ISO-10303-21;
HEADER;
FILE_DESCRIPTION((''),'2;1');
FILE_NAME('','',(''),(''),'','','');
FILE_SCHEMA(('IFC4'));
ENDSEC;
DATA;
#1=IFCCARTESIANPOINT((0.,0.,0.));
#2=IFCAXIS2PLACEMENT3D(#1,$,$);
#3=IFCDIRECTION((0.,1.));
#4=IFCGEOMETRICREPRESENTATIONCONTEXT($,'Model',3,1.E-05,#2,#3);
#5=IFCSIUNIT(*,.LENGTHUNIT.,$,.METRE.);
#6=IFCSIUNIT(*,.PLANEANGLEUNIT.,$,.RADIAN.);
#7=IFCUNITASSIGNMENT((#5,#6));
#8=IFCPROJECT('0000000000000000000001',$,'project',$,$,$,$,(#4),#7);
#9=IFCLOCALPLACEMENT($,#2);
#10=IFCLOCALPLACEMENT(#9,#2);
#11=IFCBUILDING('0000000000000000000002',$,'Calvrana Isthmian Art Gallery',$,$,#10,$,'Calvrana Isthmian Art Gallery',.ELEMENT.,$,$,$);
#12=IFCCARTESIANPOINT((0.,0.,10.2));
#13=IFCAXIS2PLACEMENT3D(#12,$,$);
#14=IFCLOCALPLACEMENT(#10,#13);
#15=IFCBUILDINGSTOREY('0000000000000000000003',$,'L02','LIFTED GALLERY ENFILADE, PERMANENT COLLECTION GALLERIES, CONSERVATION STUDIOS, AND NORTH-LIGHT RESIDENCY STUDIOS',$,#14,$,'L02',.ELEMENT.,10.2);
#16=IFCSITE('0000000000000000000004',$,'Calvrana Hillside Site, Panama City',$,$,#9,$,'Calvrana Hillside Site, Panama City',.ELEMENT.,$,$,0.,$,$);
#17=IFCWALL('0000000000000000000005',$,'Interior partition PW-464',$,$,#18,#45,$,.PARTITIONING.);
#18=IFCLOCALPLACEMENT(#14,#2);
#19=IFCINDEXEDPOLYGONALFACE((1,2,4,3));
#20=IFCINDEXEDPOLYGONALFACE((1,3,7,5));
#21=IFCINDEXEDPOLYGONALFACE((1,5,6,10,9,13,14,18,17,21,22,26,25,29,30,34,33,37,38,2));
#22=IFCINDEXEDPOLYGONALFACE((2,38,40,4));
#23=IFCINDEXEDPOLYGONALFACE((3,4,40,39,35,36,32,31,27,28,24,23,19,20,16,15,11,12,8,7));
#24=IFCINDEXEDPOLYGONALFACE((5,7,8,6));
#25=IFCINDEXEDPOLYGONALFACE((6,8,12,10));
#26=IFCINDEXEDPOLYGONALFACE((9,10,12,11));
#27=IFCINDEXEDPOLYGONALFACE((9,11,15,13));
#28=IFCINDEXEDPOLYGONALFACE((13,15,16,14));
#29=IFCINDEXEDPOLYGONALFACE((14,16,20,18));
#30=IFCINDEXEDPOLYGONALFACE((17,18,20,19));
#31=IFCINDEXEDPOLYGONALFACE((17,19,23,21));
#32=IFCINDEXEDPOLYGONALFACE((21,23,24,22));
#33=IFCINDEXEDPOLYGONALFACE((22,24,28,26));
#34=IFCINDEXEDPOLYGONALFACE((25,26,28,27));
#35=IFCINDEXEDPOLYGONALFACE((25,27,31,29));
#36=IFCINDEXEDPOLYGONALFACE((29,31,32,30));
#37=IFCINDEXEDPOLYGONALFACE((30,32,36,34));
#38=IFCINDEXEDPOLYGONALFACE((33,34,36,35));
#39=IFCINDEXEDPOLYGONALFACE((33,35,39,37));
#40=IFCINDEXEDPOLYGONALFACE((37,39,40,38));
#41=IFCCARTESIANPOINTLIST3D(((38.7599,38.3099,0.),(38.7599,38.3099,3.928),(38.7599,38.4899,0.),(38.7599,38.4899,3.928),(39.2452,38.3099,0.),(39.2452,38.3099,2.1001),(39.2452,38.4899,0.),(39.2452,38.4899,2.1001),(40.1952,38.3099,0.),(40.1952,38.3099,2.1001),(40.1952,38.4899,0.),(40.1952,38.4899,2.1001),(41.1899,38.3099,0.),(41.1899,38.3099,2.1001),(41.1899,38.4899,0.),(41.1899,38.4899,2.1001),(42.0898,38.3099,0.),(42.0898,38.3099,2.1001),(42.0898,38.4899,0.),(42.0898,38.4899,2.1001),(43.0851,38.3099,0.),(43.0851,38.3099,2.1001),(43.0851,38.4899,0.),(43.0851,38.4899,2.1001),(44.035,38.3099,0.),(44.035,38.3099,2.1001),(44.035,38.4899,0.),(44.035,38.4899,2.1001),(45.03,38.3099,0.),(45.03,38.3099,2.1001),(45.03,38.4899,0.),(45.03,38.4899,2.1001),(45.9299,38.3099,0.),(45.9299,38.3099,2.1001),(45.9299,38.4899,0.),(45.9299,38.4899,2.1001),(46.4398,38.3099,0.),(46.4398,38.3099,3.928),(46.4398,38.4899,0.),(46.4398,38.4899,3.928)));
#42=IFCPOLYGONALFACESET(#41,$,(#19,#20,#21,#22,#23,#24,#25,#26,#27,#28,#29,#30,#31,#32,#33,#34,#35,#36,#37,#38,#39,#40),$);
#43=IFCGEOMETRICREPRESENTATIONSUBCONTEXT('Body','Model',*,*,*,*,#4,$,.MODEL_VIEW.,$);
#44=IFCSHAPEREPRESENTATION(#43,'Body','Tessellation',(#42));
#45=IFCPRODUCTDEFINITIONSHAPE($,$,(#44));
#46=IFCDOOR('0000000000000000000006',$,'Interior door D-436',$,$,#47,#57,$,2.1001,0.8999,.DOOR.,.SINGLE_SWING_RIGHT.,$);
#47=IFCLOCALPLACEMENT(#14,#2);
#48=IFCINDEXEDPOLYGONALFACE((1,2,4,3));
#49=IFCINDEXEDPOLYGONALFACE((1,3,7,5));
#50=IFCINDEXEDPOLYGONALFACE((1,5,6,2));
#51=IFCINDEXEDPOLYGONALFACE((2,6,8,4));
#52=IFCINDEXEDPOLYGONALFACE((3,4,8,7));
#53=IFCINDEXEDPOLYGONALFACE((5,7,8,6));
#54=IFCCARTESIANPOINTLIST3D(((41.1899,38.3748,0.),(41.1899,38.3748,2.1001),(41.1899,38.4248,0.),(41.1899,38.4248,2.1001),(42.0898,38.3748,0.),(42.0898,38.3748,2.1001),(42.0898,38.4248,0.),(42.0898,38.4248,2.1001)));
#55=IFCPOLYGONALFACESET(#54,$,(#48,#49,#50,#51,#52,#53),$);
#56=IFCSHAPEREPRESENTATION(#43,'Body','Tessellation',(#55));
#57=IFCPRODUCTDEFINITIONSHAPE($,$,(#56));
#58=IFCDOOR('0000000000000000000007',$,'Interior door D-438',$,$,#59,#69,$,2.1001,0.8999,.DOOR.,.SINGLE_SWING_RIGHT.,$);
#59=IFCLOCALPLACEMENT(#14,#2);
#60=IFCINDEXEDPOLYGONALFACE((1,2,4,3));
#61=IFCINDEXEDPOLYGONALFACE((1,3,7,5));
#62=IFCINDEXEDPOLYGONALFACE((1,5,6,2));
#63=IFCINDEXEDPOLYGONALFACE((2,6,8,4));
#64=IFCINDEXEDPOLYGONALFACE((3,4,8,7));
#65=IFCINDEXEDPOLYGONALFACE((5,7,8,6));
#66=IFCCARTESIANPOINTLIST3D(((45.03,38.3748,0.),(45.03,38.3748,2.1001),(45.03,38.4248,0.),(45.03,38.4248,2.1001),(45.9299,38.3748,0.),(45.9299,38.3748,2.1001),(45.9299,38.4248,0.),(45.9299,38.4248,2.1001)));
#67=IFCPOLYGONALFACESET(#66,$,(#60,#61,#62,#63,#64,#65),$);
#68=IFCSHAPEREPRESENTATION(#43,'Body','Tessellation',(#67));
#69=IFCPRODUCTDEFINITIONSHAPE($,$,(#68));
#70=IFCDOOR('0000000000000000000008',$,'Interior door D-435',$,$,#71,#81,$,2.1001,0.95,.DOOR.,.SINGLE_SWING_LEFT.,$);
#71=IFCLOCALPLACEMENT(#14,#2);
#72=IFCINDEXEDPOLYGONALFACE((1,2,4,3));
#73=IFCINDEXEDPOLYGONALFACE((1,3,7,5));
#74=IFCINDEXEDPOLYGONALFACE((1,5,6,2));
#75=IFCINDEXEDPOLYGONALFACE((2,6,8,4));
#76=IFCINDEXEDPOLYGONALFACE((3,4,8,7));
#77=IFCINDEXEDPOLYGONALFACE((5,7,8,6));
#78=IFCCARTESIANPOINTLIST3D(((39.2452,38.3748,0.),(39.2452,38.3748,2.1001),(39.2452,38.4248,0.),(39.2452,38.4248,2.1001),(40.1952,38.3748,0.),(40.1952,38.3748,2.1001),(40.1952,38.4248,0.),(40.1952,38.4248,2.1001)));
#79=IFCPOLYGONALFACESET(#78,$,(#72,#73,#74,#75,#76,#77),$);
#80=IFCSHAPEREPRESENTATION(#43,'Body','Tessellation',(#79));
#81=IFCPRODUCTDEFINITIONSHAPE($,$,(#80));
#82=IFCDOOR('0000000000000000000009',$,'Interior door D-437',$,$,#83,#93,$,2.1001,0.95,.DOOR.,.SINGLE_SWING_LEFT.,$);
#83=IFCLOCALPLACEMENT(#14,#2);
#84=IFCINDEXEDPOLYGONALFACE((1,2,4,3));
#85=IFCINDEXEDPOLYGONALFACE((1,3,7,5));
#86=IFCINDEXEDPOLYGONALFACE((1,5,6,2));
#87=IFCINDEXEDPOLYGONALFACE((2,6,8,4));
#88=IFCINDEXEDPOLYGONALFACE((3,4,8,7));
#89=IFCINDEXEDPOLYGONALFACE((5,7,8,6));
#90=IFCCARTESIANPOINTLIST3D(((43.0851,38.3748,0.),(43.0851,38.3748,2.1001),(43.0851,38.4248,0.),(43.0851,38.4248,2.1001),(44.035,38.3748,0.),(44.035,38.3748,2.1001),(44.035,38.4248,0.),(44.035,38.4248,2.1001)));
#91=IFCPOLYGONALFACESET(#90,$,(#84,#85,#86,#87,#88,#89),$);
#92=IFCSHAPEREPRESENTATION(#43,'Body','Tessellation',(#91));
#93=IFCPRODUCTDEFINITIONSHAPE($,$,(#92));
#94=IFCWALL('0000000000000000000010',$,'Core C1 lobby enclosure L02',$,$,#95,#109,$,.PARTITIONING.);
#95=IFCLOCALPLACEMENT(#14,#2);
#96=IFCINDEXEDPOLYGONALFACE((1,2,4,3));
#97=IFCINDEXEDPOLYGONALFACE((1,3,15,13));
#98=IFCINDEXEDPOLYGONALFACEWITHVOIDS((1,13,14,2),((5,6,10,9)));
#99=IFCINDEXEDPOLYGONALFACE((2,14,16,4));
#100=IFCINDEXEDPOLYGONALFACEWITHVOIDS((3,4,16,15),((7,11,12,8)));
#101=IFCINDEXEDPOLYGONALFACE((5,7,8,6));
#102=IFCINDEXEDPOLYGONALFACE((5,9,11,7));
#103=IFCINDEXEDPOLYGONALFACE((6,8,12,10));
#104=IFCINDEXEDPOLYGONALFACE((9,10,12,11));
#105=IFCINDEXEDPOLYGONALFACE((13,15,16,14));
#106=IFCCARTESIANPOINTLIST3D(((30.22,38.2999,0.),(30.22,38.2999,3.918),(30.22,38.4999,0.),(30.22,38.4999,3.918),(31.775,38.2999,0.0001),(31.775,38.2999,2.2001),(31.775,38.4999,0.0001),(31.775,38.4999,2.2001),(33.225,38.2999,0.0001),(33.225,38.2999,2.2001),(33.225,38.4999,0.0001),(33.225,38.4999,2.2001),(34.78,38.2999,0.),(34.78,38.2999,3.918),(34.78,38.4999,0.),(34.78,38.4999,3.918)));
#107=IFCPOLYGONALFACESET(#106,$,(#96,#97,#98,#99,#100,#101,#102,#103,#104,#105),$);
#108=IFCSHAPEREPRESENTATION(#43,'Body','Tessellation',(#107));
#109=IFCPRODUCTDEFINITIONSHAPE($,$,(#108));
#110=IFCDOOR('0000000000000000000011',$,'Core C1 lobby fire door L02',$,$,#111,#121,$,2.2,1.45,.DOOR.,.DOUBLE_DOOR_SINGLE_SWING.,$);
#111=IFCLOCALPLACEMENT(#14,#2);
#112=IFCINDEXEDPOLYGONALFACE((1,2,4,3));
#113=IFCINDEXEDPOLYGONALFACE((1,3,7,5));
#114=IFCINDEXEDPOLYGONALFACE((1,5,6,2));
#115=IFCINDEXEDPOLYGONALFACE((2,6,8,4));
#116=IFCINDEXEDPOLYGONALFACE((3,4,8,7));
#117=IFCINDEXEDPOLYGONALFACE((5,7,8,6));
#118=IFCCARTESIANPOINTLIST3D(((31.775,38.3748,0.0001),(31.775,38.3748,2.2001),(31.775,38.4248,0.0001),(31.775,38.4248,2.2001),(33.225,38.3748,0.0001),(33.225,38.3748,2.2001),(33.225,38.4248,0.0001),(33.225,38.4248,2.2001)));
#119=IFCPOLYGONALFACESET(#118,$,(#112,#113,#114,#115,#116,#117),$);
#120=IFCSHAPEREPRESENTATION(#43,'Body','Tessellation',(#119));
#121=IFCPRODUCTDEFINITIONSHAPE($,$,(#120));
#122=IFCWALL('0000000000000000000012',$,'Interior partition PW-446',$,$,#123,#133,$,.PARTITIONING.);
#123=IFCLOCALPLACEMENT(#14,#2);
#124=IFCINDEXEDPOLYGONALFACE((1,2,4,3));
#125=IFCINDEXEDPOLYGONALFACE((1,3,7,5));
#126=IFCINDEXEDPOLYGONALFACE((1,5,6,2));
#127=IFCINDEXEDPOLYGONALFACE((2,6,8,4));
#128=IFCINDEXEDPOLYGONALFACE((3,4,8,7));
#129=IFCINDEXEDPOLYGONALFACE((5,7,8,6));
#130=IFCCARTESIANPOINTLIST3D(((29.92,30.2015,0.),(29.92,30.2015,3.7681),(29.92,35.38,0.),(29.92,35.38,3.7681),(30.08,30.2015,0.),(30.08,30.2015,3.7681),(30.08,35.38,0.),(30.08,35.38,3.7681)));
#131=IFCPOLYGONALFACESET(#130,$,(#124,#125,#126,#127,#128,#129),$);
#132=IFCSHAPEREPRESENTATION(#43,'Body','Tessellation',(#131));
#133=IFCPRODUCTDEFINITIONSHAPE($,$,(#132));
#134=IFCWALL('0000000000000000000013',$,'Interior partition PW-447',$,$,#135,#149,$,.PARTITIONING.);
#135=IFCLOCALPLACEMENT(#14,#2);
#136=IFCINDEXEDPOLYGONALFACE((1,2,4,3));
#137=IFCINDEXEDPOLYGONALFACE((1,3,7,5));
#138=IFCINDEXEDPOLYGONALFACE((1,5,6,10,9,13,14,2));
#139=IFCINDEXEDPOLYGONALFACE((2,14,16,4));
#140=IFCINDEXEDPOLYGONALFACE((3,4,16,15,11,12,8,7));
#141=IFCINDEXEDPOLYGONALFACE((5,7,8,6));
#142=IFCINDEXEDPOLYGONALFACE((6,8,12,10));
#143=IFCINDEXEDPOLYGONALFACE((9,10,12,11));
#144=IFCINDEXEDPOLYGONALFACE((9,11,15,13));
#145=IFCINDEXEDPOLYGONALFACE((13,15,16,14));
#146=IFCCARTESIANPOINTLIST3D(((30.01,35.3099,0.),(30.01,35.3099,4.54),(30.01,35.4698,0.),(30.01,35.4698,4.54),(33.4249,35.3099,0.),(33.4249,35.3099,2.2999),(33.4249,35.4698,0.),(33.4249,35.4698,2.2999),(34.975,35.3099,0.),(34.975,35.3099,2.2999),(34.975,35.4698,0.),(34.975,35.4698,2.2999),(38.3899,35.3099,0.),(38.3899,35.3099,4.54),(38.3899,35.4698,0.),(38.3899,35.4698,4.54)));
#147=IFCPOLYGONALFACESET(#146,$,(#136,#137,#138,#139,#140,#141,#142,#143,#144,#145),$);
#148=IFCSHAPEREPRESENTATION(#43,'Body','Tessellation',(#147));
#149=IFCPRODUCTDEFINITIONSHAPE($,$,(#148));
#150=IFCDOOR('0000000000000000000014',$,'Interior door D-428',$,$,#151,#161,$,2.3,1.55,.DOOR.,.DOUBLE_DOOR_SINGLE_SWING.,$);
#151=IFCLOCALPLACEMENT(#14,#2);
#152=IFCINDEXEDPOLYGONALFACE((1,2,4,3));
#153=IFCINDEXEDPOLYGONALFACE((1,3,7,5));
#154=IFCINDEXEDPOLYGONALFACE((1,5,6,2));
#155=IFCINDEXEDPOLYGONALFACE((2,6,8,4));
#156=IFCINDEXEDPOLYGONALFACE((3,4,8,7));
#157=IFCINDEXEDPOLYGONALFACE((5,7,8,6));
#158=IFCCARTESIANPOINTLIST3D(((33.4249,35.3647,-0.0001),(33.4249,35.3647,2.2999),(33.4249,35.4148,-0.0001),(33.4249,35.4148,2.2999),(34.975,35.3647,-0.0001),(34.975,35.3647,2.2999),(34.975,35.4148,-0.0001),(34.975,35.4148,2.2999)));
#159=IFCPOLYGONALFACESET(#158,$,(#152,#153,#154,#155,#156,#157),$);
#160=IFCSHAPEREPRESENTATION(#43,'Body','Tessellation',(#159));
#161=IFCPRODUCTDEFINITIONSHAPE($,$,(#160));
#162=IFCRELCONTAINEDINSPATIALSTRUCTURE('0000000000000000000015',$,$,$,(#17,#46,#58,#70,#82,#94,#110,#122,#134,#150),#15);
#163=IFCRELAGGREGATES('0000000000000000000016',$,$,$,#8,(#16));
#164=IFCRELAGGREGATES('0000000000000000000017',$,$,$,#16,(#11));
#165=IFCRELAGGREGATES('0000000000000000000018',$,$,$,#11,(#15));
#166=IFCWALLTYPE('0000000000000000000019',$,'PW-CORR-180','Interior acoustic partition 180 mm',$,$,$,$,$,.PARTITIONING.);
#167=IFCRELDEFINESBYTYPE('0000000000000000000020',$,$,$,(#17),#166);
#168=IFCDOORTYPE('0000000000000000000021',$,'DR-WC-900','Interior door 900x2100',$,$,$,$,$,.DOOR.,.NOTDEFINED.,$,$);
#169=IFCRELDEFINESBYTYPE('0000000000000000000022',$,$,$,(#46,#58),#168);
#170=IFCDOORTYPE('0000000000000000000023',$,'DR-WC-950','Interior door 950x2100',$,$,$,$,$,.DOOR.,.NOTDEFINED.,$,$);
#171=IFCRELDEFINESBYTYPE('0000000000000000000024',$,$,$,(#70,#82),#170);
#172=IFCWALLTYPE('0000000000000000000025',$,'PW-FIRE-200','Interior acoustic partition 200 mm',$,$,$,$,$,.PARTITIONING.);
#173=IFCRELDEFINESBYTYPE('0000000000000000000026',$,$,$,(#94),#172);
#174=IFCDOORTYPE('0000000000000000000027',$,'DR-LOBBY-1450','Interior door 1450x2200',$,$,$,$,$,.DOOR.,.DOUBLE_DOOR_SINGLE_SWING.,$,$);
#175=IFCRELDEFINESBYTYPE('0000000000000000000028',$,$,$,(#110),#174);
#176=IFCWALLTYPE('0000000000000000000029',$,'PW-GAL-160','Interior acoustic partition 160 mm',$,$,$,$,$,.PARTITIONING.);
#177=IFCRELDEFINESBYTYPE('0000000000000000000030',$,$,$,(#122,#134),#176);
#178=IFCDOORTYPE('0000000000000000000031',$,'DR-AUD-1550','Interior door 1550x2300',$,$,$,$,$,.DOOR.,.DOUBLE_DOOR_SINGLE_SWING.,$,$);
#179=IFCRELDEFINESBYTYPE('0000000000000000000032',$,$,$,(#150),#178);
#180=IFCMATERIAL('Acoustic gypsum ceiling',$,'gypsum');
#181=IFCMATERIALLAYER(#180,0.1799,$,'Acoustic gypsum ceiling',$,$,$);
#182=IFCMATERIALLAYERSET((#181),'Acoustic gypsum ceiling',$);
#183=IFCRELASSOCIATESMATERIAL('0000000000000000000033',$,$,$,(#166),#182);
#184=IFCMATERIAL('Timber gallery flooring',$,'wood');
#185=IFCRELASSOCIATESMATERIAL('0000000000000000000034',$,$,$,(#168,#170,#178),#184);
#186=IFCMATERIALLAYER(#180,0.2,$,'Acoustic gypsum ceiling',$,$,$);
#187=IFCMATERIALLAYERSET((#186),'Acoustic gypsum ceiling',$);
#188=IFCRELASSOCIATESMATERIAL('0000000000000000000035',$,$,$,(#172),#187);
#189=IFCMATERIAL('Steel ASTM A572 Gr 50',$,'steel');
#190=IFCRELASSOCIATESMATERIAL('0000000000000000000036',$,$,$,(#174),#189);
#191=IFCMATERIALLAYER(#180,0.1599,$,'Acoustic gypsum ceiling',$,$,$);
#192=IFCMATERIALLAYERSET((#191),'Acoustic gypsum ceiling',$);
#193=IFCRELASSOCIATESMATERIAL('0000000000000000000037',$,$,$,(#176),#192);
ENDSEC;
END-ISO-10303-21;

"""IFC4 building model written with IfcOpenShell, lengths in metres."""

from ifc_helpers import new_model, si_unit, direction, frame, frame_2d, origin, place, context, subcontext, project, spatial, rectangle, extrude, material, layer, layer_set, type_object, element, fill, save


model = new_model("IFC4")

# Units and contexts
model_context = context("Model", 3, precision=1e-05, world=origin(), true_north=direction((0.0, 1.0)))
body_context = subcontext(model_context, "Body", "Model", "MODEL_VIEW")
ifc_project = project(units=[si_unit("LENGTHUNIT", "METRE"), si_unit("PLANEANGLEUNIT", "RADIAN")], contexts=[model_context])

# Site, building, storey
site_placement = place(None, origin())
site = spatial("IfcSite", under=ifc_project, at=site_placement, Name="Calvrana Hillside Site, Panama City", LongName="Calvrana Hillside Site, Panama City", CompositionType="ELEMENT", RefElevation=0.0)
building_placement = place(site_placement, origin())
building = spatial("IfcBuilding", under=site, at=building_placement, Name="Calvrana Isthmian Art Gallery", LongName="Calvrana Isthmian Art Gallery", CompositionType="ELEMENT")
storey_placement = place(building_placement, frame((0.0, 0.0, 10.2)))
storey = spatial("IfcBuildingStorey", under=building, at=storey_placement, Name="L02", Description="LIFTED GALLERY ENFILADE, PERMANENT COLLECTION GALLERIES, CONSERVATION STUDIOS, AND NORTH-LIGHT RESIDENCY STUDIOS", LongName="L02", CompositionType="ELEMENT", Elevation=10.2)

# Wall, openings, doors
ifc_material_1 = material(Name="Acoustic gypsum ceiling", Category="gypsum")
ifc_layer_1 = layer(ifc_material_1, 0.1799, Name="Acoustic gypsum ceiling")
ifc_layer_set_1 = layer_set([ifc_layer_1], Name="Acoustic gypsum ceiling")
wall_type_1 = type_object("IfcWallType", Name="PW-CORR-180", Description="Interior acoustic partition 180 mm", PredefinedType="PARTITIONING", material=ifc_layer_set_1)
wall_1_placement = place(storey_placement, frame((38.76, 38.3999, 0.0), z_axis=(0.0, 0.0, 1.0), x_axis=(1.0, 0.0, 0.0)))
wall_1 = element("IfcWall", 1, at=wall_1_placement, inside=storey, type_object=wall_type_1, Name="Interior partition PW-464", PredefinedType="PARTITIONING", context=body_context, shape_type="SweptSolid", body=[
    extrude(rectangle(XDim=7.6799, YDim=0.1799, at=frame_2d((3.8398, 0.0))), origin(), (0.0, 0.0, 1.0), 3.928),
])
opening_1_placement = place(wall_1_placement, frame((0.4851, 0.0, 0.0)))
opening_1 = element("IfcOpeningElement", 2, at=opening_1_placement, cuts=wall_1, PredefinedType="OPENING", context=body_context, shape_type="SweptSolid", body=[
    extrude(rectangle(XDim=0.95, YDim=2.1001, at=frame_2d((0.4751, 1.05))), frame((0.0, 0.1001, 0.0), z_axis=(0.0, -1.0, 0.0), x_axis=(1.0, 0.0, 0.0)), (0.0, 0.0, 1.0), 0.2004),
])
opening_2_placement = place(wall_1_placement, frame((2.4299, 0.0, 0.0)))
opening_2 = element("IfcOpeningElement", 3, at=opening_2_placement, cuts=wall_1, PredefinedType="OPENING", context=body_context, shape_type="SweptSolid", body=[
    extrude(rectangle(XDim=0.8999, YDim=2.1001, at=frame_2d((0.45, 1.05))), frame((0.0, 0.1001, 0.0), z_axis=(0.0, -1.0, 0.0), x_axis=(1.0, 0.0, 0.0)), (0.0, 0.0, 1.0), 0.2004),
])
opening_3_placement = place(wall_1_placement, frame((4.325, 0.0, 0.0)))
opening_3 = element("IfcOpeningElement", 4, at=opening_3_placement, cuts=wall_1, PredefinedType="OPENING", context=body_context, shape_type="SweptSolid", body=[
    extrude(rectangle(XDim=0.95, YDim=2.1001, at=frame_2d((0.4751, 1.05))), frame((0.0, 0.1001, 0.0), z_axis=(0.0, -1.0, 0.0), x_axis=(1.0, 0.0, 0.0)), (0.0, 0.0, 1.0), 0.2004),
])
opening_4_placement = place(wall_1_placement, frame((6.27, 0.0, 0.0)))
opening_4 = element("IfcOpeningElement", 5, at=opening_4_placement, cuts=wall_1, PredefinedType="OPENING", context=body_context, shape_type="SweptSolid", body=[
    extrude(rectangle(XDim=0.8999, YDim=2.1001, at=frame_2d((0.45, 1.05))), frame((0.0, 0.1001, 0.0), z_axis=(0.0, -1.0, 0.0), x_axis=(1.0, 0.0, 0.0)), (0.0, 0.0, 1.0), 0.2004),
])
ifc_material_2 = material(Name="Timber gallery flooring", Category="wood")
door_type_1 = type_object("IfcDoorType", Name="DR-WC-900", Description="Interior door 900x2100", OperationType="NOTDEFINED", PredefinedType="DOOR", material=ifc_material_2)
door_1_placement = place(opening_2_placement, origin())
door_1 = element("IfcDoor", 6, at=door_1_placement, inside=storey, type_object=door_type_1, Name="Interior door D-436", OperationType="SINGLE_SWING_RIGHT", OverallHeight=2.1001, OverallWidth=0.8999, PredefinedType="DOOR", context=body_context, shape_type="SweptSolid", body=[
    extrude(rectangle(XDim=0.8999, YDim=2.1001, at=frame_2d((0.45, 1.05))), frame((0.0, 0.0249, 0.0), z_axis=(0.0, -1.0, 0.0), x_axis=(1.0, 0.0, 0.0)), (0.0, 0.0, 1.0), 0.05),
])
fill(opening_2, door_1)
door_2_placement = place(opening_4_placement, origin())
door_2 = element("IfcDoor", 7, at=door_2_placement, inside=storey, type_object=door_type_1, Name="Interior door D-438", OperationType="SINGLE_SWING_RIGHT", OverallHeight=2.1001, OverallWidth=0.8999, PredefinedType="DOOR", context=body_context, shape_type="SweptSolid", body=[
    extrude(rectangle(XDim=0.8999, YDim=2.1001, at=frame_2d((0.45, 1.05))), frame((0.0, 0.0249, 0.0), z_axis=(0.0, -1.0, 0.0), x_axis=(1.0, 0.0, 0.0)), (0.0, 0.0, 1.0), 0.05),
])
fill(opening_4, door_2)
door_type_2 = type_object("IfcDoorType", Name="DR-WC-950", Description="Interior door 950x2100", OperationType="NOTDEFINED", PredefinedType="DOOR", material=ifc_material_2)
door_3_placement = place(opening_1_placement, origin())
door_3 = element("IfcDoor", 8, at=door_3_placement, inside=storey, type_object=door_type_2, Name="Interior door D-435", OperationType="SINGLE_SWING_LEFT", OverallHeight=2.1001, OverallWidth=0.95, PredefinedType="DOOR", context=body_context, shape_type="SweptSolid", body=[
    extrude(rectangle(XDim=0.95, YDim=2.1001, at=frame_2d((0.4751, 1.05))), frame((0.0, 0.0249, 0.0), z_axis=(0.0, -1.0, 0.0), x_axis=(1.0, 0.0, 0.0)), (0.0, 0.0, 1.0), 0.05),
])
fill(opening_1, door_3)
door_4_placement = place(opening_3_placement, origin())
door_4 = element("IfcDoor", 9, at=door_4_placement, inside=storey, type_object=door_type_2, Name="Interior door D-437", OperationType="SINGLE_SWING_LEFT", OverallHeight=2.1001, OverallWidth=0.95, PredefinedType="DOOR", context=body_context, shape_type="SweptSolid", body=[
    extrude(rectangle(XDim=0.95, YDim=2.1001, at=frame_2d((0.4751, 1.05))), frame((0.0, 0.0249, 0.0), z_axis=(0.0, -1.0, 0.0), x_axis=(1.0, 0.0, 0.0)), (0.0, 0.0, 1.0), 0.05),
])
fill(opening_3, door_4)

# Wall, opening, door
ifc_layer_2 = layer(ifc_material_1, 0.2, Name="Acoustic gypsum ceiling")
ifc_layer_set_2 = layer_set([ifc_layer_2], Name="Acoustic gypsum ceiling")
wall_type_2 = type_object("IfcWallType", Name="PW-FIRE-200", Description="Interior acoustic partition 200 mm", PredefinedType="PARTITIONING", material=ifc_layer_set_2)
wall_2_placement = place(storey_placement, frame((30.22, 38.3999, 0.0), z_axis=(0.0, 0.0, 1.0), x_axis=(1.0, 0.0, 0.0)))
wall_2 = element("IfcWall", 10, at=wall_2_placement, inside=storey, type_object=wall_type_2, Name="Core C1 lobby enclosure L02", PredefinedType="PARTITIONING", context=body_context, shape_type="SweptSolid", body=[
    extrude(rectangle(XDim=4.5601, YDim=0.2, at=frame_2d((2.28, 0.0))), origin(), (0.0, 0.0, 1.0), 3.918),
])
opening_5_placement = place(wall_2_placement, frame((1.5549, 0.0, 0.0)))
opening_5 = element("IfcOpeningElement", 11, at=opening_5_placement, cuts=wall_2, PredefinedType="OPENING", context=body_context, shape_type="SweptSolid", body=[
    extrude(rectangle(XDim=1.45, YDim=2.2, at=frame_2d((0.7251, 1.1001))), frame((0.0, 0.1104, 0.0), z_axis=(0.0, -1.0, 0.0), x_axis=(1.0, 0.0, 0.0)), (0.0, 0.0, 1.0), 0.2205),
])
ifc_material_3 = material(Name="Steel ASTM A572 Gr 50", Category="steel")
door_type_3 = type_object("IfcDoorType", Name="DR-LOBBY-1450", Description="Interior door 1450x2200", OperationType="DOUBLE_DOOR_SINGLE_SWING", PredefinedType="DOOR", material=ifc_material_3)
door_5_placement = place(opening_5_placement, origin())
door_5 = element("IfcDoor", 12, at=door_5_placement, inside=storey, type_object=door_type_3, Name="Core C1 lobby fire door L02", OperationType="DOUBLE_DOOR_SINGLE_SWING", OverallHeight=2.2, OverallWidth=1.45, PredefinedType="DOOR", context=body_context, shape_type="SweptSolid", body=[
    extrude(rectangle(XDim=1.45, YDim=2.2, at=frame_2d((0.7251, 1.1001))), frame((0.0, 0.0249, 0.0), z_axis=(0.0, -1.0, 0.0), x_axis=(1.0, 0.0, 0.0)), (0.0, 0.0, 1.0), 0.05),
])
fill(opening_5, door_5)

# Wall
ifc_layer_3 = layer(ifc_material_1, 0.1599, Name="Acoustic gypsum ceiling")
ifc_layer_set_3 = layer_set([ifc_layer_3], Name="Acoustic gypsum ceiling")
wall_type_3 = type_object("IfcWallType", Name="PW-GAL-160", Description="Interior acoustic partition 160 mm", PredefinedType="PARTITIONING", material=ifc_layer_set_3)
wall_3_placement = place(storey_placement, frame((30.0, 30.2014, 0.0), z_axis=(0.0, 0.0, 1.0), x_axis=(0.0, 1.0, 0.0)))
element("IfcWall", 13, at=wall_3_placement, inside=storey, type_object=wall_type_3, Name="Interior partition PW-446", PredefinedType="PARTITIONING", context=body_context, shape_type="SweptSolid", body=[
    extrude(rectangle(XDim=5.1785, YDim=0.1599, at=frame_2d((2.5894, 0.0))), origin(), (0.0, 0.0, 1.0), 3.7681),
])

# Wall, opening, door
wall_4_placement = place(storey_placement, frame((30.01, 35.3899, 0.0), z_axis=(0.0, 0.0, 1.0), x_axis=(1.0, 0.0, 0.0)))
wall_4 = element("IfcWall", 14, at=wall_4_placement, inside=storey, type_object=wall_type_3, Name="Interior partition PW-447", PredefinedType="PARTITIONING", context=body_context, shape_type="SweptSolid", body=[
    extrude(rectangle(XDim=8.3799, YDim=0.1599, at=frame_2d((4.1899, 0.0))), origin(), (0.0, 0.0, 1.0), 4.54),
])
opening_6_placement = place(wall_4_placement, frame((3.415, 0.0, 0.0)))
opening_6 = element("IfcOpeningElement", 15, at=opening_6_placement, cuts=wall_4, PredefinedType="OPENING", context=body_context, shape_type="SweptSolid", body=[
    extrude(rectangle(XDim=1.55, YDim=2.3, at=frame_2d((0.7749, 1.1499))), frame((0.0, 0.0903, 0.0), z_axis=(0.0, -1.0, 0.0), x_axis=(1.0, 0.0, 0.0)), (0.0, 0.0, 1.0), 0.1804),
])
door_type_4 = type_object("IfcDoorType", Name="DR-AUD-1550", Description="Interior door 1550x2300", OperationType="DOUBLE_DOOR_SINGLE_SWING", PredefinedType="DOOR", material=ifc_material_2)
door_6_placement = place(opening_6_placement, origin())
door_6 = element("IfcDoor", 16, at=door_6_placement, inside=storey, type_object=door_type_4, Name="Interior door D-428", OperationType="DOUBLE_DOOR_SINGLE_SWING", OverallHeight=2.3, OverallWidth=1.55, PredefinedType="DOOR", context=body_context, shape_type="SweptSolid", body=[
    extrude(rectangle(XDim=1.55, YDim=2.3, at=frame_2d((0.7749, 1.1499))), frame((0.0, 0.0249, 0.0), z_axis=(0.0, -1.0, 0.0), x_axis=(1.0, 0.0, 0.0)), (0.0, 0.0, 1.0), 0.05),
])
fill(opening_6, door_6)

save(model, "model.ifc")
